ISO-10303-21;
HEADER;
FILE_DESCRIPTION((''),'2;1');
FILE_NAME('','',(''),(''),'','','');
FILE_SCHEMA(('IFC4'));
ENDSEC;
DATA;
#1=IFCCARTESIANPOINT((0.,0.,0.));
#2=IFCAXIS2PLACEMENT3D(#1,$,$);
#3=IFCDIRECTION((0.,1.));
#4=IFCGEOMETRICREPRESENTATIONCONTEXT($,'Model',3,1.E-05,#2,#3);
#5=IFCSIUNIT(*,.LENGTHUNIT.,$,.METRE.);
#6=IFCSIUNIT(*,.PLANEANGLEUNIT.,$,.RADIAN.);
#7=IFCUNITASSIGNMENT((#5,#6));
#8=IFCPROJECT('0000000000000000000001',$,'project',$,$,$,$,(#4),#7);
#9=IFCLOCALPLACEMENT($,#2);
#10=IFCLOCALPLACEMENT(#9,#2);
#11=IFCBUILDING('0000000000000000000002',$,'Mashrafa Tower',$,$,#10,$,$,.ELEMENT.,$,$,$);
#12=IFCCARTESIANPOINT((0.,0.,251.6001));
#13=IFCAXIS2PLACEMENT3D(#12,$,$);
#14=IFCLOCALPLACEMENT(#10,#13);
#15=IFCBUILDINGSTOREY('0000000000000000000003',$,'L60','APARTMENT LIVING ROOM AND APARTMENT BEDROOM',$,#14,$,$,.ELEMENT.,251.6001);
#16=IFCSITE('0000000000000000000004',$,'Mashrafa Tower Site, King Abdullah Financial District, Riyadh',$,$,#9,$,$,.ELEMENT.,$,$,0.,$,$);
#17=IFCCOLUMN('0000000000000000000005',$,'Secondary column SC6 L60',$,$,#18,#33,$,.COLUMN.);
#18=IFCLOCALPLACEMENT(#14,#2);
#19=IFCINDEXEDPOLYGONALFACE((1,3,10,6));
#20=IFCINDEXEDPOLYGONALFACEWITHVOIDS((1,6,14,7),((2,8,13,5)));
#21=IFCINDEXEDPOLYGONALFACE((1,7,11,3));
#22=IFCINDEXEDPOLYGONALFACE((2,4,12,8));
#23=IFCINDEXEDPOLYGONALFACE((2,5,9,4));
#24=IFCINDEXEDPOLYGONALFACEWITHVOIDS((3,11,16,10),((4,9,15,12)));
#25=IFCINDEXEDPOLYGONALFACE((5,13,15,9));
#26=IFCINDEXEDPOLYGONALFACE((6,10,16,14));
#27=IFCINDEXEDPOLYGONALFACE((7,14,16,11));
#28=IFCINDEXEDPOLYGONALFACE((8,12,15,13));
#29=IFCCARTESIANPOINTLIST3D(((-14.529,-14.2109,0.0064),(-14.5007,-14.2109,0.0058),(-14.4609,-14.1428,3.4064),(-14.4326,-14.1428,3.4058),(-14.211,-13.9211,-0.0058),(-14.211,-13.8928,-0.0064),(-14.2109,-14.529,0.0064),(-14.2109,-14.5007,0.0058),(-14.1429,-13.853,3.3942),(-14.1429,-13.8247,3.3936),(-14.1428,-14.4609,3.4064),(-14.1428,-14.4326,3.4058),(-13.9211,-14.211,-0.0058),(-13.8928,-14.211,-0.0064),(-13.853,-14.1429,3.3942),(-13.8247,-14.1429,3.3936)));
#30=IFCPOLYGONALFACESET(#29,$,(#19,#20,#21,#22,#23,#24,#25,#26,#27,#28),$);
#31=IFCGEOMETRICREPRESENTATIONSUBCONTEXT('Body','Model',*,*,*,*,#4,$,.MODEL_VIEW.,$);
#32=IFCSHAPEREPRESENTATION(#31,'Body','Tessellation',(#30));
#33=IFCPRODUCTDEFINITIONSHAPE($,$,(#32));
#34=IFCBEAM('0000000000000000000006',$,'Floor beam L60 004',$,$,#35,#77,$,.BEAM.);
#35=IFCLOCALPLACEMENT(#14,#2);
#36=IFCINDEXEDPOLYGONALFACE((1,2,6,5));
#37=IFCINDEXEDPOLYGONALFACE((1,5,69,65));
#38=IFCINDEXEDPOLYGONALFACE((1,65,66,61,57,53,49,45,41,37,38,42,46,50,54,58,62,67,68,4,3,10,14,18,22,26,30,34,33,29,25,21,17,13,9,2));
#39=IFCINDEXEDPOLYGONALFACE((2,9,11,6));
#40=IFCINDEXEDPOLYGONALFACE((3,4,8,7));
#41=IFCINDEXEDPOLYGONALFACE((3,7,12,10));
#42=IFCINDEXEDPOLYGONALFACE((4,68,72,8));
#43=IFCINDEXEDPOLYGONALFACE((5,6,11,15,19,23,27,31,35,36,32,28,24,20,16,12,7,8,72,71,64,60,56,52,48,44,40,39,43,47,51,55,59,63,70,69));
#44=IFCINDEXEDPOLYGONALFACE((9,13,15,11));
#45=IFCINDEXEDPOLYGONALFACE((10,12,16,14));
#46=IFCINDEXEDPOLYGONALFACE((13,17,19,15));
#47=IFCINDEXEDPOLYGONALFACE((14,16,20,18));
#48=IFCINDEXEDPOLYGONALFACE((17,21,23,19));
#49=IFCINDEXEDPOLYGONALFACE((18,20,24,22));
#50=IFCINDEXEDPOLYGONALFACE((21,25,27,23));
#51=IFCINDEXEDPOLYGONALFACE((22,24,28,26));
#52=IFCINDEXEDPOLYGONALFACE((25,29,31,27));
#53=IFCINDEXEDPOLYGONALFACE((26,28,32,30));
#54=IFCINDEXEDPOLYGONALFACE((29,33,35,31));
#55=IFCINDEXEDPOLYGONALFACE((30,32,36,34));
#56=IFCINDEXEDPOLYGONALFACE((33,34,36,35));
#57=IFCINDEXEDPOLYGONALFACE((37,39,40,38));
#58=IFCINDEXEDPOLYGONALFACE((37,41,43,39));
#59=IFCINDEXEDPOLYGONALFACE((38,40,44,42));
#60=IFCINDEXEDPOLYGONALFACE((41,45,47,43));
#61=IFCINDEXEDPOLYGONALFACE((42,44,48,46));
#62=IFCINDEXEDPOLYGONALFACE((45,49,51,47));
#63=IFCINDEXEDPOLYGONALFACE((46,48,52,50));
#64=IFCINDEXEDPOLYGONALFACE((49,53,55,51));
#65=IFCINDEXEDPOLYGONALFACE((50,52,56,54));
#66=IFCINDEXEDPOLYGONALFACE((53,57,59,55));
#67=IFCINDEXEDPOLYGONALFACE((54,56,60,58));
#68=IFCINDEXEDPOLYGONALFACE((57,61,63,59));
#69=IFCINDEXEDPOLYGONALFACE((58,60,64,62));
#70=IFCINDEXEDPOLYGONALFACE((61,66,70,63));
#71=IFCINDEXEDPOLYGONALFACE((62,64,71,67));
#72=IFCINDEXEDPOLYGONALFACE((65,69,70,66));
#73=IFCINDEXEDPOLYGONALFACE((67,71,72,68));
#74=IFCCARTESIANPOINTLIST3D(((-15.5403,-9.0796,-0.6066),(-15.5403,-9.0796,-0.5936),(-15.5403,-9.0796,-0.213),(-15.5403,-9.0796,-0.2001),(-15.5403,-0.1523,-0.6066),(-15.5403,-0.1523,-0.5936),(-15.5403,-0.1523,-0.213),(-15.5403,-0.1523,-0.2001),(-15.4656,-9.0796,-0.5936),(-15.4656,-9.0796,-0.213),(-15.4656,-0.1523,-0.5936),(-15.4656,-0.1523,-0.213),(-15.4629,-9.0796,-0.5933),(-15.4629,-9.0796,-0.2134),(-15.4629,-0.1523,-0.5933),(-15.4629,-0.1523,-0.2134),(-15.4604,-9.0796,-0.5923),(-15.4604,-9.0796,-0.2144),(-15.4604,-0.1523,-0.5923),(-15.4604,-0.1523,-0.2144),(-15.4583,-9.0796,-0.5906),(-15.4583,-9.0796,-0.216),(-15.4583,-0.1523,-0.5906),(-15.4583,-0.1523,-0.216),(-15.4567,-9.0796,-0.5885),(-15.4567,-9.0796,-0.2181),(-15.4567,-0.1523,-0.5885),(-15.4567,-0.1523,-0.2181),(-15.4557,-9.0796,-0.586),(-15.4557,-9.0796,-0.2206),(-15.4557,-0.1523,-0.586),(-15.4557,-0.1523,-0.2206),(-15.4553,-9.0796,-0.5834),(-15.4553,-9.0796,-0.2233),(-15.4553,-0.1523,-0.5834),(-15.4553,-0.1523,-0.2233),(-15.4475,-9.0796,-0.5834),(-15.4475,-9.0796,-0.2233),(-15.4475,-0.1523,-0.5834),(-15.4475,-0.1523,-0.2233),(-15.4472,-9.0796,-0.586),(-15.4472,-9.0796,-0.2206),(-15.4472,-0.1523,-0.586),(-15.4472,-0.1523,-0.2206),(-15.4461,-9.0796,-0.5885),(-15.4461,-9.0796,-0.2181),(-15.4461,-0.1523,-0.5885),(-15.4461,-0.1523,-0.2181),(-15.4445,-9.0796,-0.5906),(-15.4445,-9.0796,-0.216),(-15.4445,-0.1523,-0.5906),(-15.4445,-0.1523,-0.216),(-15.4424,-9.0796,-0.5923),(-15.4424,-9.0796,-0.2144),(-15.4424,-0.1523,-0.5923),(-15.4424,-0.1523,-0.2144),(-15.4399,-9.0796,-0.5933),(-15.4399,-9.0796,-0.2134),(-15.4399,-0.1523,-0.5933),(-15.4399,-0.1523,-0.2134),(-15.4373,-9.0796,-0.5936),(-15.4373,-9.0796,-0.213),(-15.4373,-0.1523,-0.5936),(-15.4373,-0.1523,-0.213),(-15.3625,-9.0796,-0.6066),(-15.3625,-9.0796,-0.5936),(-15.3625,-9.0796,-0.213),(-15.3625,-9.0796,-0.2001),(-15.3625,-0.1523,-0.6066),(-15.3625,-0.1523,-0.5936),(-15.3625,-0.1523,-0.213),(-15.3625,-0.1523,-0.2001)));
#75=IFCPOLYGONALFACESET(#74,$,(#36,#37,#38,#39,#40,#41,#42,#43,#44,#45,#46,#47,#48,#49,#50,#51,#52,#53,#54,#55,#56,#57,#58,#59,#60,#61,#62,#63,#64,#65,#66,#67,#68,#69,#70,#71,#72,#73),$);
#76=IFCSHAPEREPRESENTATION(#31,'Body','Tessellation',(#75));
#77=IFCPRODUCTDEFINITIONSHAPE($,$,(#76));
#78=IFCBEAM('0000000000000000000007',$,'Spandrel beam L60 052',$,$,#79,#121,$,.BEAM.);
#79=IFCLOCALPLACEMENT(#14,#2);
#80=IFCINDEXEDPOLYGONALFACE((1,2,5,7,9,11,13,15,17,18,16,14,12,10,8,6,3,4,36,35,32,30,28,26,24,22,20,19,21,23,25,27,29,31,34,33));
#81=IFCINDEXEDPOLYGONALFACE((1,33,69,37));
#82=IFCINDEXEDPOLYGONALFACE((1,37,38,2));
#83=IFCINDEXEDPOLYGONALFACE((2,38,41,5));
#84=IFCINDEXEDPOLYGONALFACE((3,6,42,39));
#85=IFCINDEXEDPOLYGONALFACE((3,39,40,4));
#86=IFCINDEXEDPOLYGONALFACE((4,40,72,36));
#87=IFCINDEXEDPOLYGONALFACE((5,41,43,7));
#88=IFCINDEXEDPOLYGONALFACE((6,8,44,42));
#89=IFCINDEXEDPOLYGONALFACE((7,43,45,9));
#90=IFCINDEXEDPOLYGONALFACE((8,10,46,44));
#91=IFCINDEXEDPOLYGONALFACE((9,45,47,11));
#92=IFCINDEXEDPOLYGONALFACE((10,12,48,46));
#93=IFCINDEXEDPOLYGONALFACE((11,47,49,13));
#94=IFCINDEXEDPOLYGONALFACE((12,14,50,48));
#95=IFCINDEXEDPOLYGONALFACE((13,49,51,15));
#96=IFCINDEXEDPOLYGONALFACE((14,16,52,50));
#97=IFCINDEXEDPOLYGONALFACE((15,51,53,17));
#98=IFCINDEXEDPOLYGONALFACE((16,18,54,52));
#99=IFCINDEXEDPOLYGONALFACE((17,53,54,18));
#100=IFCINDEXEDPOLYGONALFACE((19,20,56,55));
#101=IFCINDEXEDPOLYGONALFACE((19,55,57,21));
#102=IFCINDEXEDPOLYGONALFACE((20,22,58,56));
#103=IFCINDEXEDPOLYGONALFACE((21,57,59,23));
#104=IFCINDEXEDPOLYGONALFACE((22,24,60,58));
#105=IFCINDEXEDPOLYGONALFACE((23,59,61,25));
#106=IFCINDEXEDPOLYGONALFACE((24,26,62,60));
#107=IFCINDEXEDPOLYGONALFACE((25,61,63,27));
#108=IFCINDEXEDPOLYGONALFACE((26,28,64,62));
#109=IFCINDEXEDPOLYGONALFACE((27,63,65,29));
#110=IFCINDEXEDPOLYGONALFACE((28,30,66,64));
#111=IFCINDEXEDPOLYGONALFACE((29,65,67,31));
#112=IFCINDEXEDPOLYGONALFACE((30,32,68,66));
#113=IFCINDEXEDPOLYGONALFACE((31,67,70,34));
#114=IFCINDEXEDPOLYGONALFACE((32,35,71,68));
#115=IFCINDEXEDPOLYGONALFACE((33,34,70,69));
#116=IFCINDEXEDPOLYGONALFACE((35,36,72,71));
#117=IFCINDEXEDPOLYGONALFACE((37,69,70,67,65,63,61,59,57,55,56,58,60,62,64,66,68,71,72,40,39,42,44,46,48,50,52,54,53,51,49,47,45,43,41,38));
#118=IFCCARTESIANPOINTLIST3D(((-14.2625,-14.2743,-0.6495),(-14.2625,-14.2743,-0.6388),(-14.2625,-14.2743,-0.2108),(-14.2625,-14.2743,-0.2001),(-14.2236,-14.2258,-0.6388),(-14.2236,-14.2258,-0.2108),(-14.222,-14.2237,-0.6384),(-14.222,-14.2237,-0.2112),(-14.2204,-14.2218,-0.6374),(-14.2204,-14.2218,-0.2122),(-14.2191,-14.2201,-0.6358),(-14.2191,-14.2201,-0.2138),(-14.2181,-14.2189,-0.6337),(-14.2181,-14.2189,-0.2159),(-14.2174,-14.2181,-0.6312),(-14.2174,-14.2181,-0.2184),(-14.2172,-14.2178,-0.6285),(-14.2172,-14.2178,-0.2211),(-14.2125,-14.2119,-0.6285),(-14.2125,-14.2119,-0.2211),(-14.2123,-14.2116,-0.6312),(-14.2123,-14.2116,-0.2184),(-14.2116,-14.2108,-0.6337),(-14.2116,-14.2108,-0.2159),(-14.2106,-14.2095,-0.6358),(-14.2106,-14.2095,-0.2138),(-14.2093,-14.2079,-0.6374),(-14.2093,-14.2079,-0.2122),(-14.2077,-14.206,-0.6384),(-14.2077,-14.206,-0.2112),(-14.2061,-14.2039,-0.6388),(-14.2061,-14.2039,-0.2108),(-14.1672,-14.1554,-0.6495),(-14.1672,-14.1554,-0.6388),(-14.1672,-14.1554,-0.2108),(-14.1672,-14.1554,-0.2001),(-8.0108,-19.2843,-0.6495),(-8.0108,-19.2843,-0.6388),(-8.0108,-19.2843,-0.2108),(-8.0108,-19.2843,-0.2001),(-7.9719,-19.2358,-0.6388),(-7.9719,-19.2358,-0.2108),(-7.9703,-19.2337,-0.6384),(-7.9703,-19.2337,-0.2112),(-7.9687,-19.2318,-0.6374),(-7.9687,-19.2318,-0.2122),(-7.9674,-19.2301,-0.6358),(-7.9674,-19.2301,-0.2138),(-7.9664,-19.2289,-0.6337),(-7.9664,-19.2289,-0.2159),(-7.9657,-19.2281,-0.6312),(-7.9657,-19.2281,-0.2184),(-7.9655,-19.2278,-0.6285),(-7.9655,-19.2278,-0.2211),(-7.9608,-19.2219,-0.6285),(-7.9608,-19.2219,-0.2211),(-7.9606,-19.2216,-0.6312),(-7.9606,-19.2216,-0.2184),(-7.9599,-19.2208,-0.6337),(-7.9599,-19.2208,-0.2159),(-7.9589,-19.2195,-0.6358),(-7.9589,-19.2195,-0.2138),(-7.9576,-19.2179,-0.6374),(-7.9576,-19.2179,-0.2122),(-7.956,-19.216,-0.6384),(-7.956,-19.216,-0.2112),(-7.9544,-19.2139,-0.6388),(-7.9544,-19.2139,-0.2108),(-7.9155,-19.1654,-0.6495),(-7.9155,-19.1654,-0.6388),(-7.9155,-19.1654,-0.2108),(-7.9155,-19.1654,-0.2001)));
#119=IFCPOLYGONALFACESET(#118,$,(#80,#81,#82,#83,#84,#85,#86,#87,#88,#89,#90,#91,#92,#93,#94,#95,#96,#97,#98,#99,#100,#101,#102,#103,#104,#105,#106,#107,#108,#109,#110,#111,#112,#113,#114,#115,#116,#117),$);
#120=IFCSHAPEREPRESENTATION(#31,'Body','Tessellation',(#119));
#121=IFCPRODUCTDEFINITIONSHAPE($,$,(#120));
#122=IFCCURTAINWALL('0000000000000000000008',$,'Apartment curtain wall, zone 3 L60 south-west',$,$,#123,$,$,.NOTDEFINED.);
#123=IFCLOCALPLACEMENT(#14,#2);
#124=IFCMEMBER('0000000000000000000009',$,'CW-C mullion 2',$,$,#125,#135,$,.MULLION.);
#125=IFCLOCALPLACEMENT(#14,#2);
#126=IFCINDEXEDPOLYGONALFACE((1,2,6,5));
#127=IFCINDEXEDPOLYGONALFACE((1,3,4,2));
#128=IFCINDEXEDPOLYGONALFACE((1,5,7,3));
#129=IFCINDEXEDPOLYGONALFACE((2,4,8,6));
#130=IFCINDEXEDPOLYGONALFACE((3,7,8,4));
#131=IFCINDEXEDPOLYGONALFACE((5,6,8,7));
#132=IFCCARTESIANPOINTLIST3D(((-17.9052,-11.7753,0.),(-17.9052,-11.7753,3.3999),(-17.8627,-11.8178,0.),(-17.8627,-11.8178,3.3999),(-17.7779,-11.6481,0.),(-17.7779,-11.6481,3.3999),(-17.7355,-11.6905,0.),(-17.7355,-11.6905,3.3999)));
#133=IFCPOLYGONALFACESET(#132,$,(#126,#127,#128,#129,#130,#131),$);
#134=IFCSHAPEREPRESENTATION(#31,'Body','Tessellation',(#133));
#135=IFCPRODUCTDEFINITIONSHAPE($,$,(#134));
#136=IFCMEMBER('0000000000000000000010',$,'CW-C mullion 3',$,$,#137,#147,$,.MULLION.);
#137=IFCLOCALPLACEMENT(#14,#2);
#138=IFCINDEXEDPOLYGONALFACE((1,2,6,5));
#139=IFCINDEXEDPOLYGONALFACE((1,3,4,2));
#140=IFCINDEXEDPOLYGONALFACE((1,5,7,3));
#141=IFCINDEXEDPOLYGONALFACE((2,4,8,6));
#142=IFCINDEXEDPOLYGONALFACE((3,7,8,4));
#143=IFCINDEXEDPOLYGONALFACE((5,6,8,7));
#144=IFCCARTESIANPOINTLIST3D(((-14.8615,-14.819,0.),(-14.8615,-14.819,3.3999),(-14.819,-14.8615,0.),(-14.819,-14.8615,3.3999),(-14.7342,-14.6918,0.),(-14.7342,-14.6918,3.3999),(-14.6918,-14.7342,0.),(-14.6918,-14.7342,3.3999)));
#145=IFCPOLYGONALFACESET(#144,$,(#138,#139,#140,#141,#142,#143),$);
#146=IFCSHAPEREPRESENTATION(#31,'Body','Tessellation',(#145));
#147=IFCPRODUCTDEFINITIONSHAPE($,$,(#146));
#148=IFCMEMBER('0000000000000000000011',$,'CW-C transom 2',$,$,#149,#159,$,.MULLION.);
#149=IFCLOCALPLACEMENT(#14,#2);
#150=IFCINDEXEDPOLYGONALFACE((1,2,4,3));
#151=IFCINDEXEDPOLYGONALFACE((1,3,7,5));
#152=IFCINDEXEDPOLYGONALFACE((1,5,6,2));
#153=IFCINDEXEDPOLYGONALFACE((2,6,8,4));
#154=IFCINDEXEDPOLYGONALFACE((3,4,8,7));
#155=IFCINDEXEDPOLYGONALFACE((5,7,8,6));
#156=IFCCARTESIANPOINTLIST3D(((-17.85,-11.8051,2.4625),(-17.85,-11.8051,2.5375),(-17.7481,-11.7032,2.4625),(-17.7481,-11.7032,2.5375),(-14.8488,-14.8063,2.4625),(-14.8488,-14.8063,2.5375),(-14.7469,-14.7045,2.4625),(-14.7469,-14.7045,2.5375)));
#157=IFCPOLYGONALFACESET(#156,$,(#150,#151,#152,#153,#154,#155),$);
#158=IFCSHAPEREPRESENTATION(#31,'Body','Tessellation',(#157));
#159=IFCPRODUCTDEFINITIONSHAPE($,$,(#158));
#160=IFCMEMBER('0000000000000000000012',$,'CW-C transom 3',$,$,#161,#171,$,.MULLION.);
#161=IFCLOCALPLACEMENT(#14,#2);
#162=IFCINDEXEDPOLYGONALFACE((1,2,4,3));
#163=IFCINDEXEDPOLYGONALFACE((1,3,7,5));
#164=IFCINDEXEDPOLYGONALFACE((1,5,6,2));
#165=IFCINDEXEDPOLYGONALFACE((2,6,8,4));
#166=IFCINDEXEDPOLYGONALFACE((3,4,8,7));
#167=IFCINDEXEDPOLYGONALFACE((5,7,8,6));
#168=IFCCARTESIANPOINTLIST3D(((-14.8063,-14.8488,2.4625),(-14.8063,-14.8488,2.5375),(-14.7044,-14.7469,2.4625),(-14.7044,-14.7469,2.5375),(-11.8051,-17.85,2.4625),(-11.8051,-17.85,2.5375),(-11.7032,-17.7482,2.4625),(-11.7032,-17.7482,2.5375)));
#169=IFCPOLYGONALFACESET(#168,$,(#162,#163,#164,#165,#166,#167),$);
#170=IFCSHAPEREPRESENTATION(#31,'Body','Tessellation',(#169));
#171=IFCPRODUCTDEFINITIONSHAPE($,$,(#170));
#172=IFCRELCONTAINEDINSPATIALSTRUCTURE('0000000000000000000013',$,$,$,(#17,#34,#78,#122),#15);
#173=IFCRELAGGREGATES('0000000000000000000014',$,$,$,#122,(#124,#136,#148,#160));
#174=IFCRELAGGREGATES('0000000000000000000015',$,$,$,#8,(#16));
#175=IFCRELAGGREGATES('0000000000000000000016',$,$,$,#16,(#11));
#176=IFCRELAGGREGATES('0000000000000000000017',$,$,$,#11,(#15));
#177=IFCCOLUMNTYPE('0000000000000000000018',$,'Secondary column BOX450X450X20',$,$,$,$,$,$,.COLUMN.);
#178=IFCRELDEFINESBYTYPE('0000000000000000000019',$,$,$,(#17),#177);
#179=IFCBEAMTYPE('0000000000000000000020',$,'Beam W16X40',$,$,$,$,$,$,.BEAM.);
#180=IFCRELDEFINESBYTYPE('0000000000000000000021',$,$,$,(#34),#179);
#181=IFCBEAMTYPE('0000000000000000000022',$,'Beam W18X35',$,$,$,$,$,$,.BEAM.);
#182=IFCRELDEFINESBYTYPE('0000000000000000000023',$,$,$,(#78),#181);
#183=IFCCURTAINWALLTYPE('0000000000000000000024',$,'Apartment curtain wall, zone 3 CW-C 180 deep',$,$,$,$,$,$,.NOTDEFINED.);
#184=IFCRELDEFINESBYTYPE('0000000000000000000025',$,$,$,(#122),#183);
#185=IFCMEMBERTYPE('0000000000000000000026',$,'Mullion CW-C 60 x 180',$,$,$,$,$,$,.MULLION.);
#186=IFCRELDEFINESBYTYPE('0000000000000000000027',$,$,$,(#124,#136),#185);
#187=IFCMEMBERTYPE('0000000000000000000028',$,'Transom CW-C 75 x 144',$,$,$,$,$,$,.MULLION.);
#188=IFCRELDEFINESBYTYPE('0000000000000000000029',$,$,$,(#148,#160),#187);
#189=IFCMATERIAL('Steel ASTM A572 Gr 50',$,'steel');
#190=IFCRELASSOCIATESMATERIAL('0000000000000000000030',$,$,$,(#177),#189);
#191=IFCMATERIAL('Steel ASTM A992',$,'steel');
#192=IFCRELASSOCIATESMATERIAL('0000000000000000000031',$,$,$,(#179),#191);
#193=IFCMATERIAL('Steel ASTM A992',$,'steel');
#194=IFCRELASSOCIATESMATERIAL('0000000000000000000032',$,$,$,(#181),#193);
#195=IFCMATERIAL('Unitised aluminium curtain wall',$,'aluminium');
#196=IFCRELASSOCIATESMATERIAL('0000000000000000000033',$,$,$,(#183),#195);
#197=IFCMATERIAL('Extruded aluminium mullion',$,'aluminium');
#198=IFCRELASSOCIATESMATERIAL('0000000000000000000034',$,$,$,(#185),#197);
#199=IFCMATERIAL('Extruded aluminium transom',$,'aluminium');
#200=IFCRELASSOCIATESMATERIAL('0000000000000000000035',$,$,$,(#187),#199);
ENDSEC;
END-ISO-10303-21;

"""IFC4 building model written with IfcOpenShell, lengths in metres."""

from ifc_helpers import new_model, si_unit, direction, frame, origin, origin_2d, place, context, subcontext, project, spatial, rectangle, hollow_rectangle, i_section, extrude, source, transform, mapped, material, material_profile, profile_set, type_object, type_shapes, element, aggregate, save


model = new_model("IFC4")

# Units and contexts
model_context = context("Model", 3, precision=1e-05, world=origin(), true_north=direction((0.0, 1.0)))
body_context = subcontext(model_context, "Body", "Model", "MODEL_VIEW")
ifc_project = project(units=[si_unit("LENGTHUNIT", "METRE"), si_unit("PLANEANGLEUNIT", "RADIAN")], contexts=[model_context])

# Site, building, storey
site_placement = place(None, origin())
site = spatial("IfcSite", under=ifc_project, at=site_placement, Name="Mashrafa Tower Site, King Abdullah Financial District, Riyadh", CompositionType="ELEMENT", RefElevation=0.0)
building_placement = place(site_placement, origin())
building = spatial("IfcBuilding", under=site, at=building_placement, Name="Mashrafa Tower", CompositionType="ELEMENT")
storey_placement = place(building_placement, frame((0.0, 0.0, 251.6001)))
storey = spatial("IfcBuildingStorey", under=building, at=storey_placement, Name="L60", Description="APARTMENT LIVING ROOM AND APARTMENT BEDROOM", CompositionType="ELEMENT", Elevation=251.6001)

# Column
ifc_material_1 = material(Name="Steel ASTM A572 Gr 50", Category="steel")
ifc_material_profile_1 = material_profile(ifc_material_1, hollow_rectangle(XDim=0.45, YDim=0.45, WallThickness=0.02, at=origin_2d()), Name="BOX450X450X20")
ifc_profile_set_1 = profile_set([ifc_material_profile_1], Name="Steel ASTM A572 Gr 50")
column_type = type_object("IfcColumnType", Name="Secondary column BOX450X450X20", PredefinedType="COLUMN", material=ifc_profile_set_1)
column_placement = place(storey_placement, frame((-14.2109, -14.2109, 0.0), z_axis=(0.020026, 0.020026, 0.999599), x_axis=(-0.707107, 0.707107, 0.0)))
element("IfcColumn", 1, at=column_placement, inside=storey, type_object=column_type, Name="Secondary column SC6 L60", PredefinedType="COLUMN", context=body_context, shape_type="SweptSolid", body=[
    extrude(hollow_rectangle(XDim=0.45, YDim=0.45, WallThickness=0.02, at=origin_2d()), origin(), (0.0, 0.0, 1.0), 3.4014),
])

# Beams
ifc_material_2 = material(Name="Steel ASTM A992", Category="steel")
ifc_material_profile_2 = material_profile(ifc_material_2, i_section(OverallWidth=0.1777, OverallDepth=0.4065, WebThickness=0.0078, FlangeThickness=0.0129, FilletRadius=0.0103, at=origin_2d()), Name="W16X40")
ifc_profile_set_2 = profile_set([ifc_material_profile_2], Name="Steel ASTM A992")
beam_type_1 = type_object("IfcBeamType", Name="Beam W16X40", PredefinedType="BEAM", material=ifc_profile_set_2)
beam_1_placement = place(storey_placement, frame((-15.4514, -9.0796, -0.4033), z_axis=(0.0, 1.0, 0.0), x_axis=(-1.0, 0.0, 0.0)))
element("IfcBeam", 2, at=beam_1_placement, inside=storey, type_object=beam_type_1, Name="Floor beam L60 004", PredefinedType="BEAM", context=body_context, shape_type="SweptSolid", body=[
    extrude(i_section(OverallWidth=0.1777, OverallDepth=0.4065, WebThickness=0.0078, FlangeThickness=0.0129, FilletRadius=0.0103, at=origin_2d()), origin(), (0.0, 0.0, 1.0), 8.9272),
])
ifc_material_3 = material(Name="Steel ASTM A992", Category="steel")
ifc_material_profile_3 = material_profile(ifc_material_3, i_section(OverallWidth=0.1523, OverallDepth=0.4495, WebThickness=0.0076, FlangeThickness=0.0107, FilletRadius=0.0103, at=origin_2d()), Name="W18X35")
ifc_profile_set_3 = profile_set([ifc_material_profile_3], Name="Steel ASTM A992")
beam_type_2 = type_object("IfcBeamType", Name="Beam W18X35", PredefinedType="BEAM", material=ifc_profile_set_3)
beam_2_placement = place(storey_placement, frame((-14.2148, -14.2148, -0.4248), z_axis=(0.780342, -0.625353, 0.0), x_axis=(0.625353, 0.780342, 0.0)))
element("IfcBeam", 3, at=beam_2_placement, inside=storey, type_object=beam_type_2, Name="Spandrel beam L60 052", PredefinedType="BEAM", context=body_context, shape_type="SweptSolid", body=[
    extrude(i_section(OverallWidth=0.1523, OverallDepth=0.4495, WebThickness=0.0076, FlangeThickness=0.0107, FilletRadius=0.0103, at=origin_2d()), origin(), (0.0, 0.0, 1.0), 8.0115),
])

# Curtain wall, members
ifc_material_4 = material(Name="Unitised aluminium curtain wall", Category="aluminium")
curtain_wall_type = type_object("IfcCurtainWallType", Name="Apartment curtain wall, zone 3 CW-C 180 deep", PredefinedType="NOTDEFINED", material=ifc_material_4)
curtain_wall_placement = place(storey_placement, origin())
curtain_wall = element("IfcCurtainWall", 4, at=curtain_wall_placement, inside=storey, type_object=curtain_wall_type, Name="Apartment curtain wall, zone 3 L60 south-west", PredefinedType="NOTDEFINED")
ifc_material_5 = material(Name="Extruded aluminium mullion", Category="aluminium")
ifc_material_profile_4 = material_profile(ifc_material_5, rectangle(XDim=0.1799, YDim=0.0601, at=origin_2d()), Name="Mullion 60x180")
ifc_profile_set_4 = profile_set([ifc_material_profile_4], Name="Extruded aluminium mullion")
member_type_1 = type_object("IfcMemberType", Name="Mullion CW-C 60 x 180", PredefinedType="MULLION", material=ifc_profile_set_4)
shared_shape_1 = source(origin(), body_context, "Body", "SweptSolid", [
    extrude(rectangle(XDim=0.1799, YDim=0.0601, at=origin_2d()), origin(), (0.0, 0.0, 1.0), 3.3999),
])
type_shapes(member_type_1, [shared_shape_1])
member_1_placement = place(storey_placement, frame((-17.8203, -11.7329, 0.0), z_axis=(0.0, 0.0, 1.0), x_axis=(0.707107, 0.707107, 0.0)))
member_1 = element("IfcMember", 5, at=member_1_placement, type_object=member_type_1, Name="CW-C mullion 2", PredefinedType="MULLION", context=body_context, shape_type="MappedRepresentation", body=[
    mapped(shared_shape_1, transform((0.0, 0.0, 0.0))),
])
member_2_placement = place(storey_placement, frame((-14.7766, -14.7766, 0.0), z_axis=(0.0, 0.0, 1.0), x_axis=(0.707107, 0.707107, 0.0)))
member_2 = element("IfcMember", 6, at=member_2_placement, type_object=member_type_1, Name="CW-C mullion 3", PredefinedType="MULLION", context=body_context, shape_type="MappedRepresentation", body=[
    mapped(shared_shape_1, transform((0.0, 0.0, 0.0))),
])
ifc_material_6 = material(Name="Extruded aluminium transom", Category="aluminium")
ifc_material_profile_5 = material_profile(ifc_material_6, rectangle(XDim=0.144, YDim=0.075, at=origin_2d()), Name="Transom 75x144")
ifc_profile_set_5 = profile_set([ifc_material_profile_5], Name="Extruded aluminium transom")
member_type_2 = type_object("IfcMemberType", Name="Transom CW-C 75 x 144", PredefinedType="MULLION", material=ifc_profile_set_5)
shared_shape_2 = source(origin(), body_context, "Body", "SweptSolid", [
    extrude(rectangle(XDim=0.144, YDim=0.075, at=origin_2d()), origin(), (0.0, 0.0, 1.0), 4.2444),
])
type_shapes(member_type_2, [shared_shape_2])
member_3_placement = place(storey_placement, frame((-17.7991, -11.7542, 2.5), z_axis=(0.707107, -0.707107, 0.0), x_axis=(0.707107, 0.707107, 0.0)))
member_3 = element("IfcMember", 7, at=member_3_placement, type_object=member_type_2, Name="CW-C transom 2", PredefinedType="MULLION", context=body_context, shape_type="MappedRepresentation", body=[
    mapped(shared_shape_2, transform((0.0, 0.0, 0.0))),
])
member_4_placement = place(storey_placement, frame((-14.7554, -14.7979, 2.5), z_axis=(0.707107, -0.707107, 0.0), x_axis=(0.707107, 0.707107, 0.0)))
member_4 = element("IfcMember", 8, at=member_4_placement, type_object=member_type_2, Name="CW-C transom 3", PredefinedType="MULLION", context=body_context, shape_type="MappedRepresentation", body=[
    mapped(shared_shape_2, transform((0.0, 0.0, 0.0))),
])
aggregate(curtain_wall, [member_1, member_2, member_3, member_4])

save(model, "model.ifc")
